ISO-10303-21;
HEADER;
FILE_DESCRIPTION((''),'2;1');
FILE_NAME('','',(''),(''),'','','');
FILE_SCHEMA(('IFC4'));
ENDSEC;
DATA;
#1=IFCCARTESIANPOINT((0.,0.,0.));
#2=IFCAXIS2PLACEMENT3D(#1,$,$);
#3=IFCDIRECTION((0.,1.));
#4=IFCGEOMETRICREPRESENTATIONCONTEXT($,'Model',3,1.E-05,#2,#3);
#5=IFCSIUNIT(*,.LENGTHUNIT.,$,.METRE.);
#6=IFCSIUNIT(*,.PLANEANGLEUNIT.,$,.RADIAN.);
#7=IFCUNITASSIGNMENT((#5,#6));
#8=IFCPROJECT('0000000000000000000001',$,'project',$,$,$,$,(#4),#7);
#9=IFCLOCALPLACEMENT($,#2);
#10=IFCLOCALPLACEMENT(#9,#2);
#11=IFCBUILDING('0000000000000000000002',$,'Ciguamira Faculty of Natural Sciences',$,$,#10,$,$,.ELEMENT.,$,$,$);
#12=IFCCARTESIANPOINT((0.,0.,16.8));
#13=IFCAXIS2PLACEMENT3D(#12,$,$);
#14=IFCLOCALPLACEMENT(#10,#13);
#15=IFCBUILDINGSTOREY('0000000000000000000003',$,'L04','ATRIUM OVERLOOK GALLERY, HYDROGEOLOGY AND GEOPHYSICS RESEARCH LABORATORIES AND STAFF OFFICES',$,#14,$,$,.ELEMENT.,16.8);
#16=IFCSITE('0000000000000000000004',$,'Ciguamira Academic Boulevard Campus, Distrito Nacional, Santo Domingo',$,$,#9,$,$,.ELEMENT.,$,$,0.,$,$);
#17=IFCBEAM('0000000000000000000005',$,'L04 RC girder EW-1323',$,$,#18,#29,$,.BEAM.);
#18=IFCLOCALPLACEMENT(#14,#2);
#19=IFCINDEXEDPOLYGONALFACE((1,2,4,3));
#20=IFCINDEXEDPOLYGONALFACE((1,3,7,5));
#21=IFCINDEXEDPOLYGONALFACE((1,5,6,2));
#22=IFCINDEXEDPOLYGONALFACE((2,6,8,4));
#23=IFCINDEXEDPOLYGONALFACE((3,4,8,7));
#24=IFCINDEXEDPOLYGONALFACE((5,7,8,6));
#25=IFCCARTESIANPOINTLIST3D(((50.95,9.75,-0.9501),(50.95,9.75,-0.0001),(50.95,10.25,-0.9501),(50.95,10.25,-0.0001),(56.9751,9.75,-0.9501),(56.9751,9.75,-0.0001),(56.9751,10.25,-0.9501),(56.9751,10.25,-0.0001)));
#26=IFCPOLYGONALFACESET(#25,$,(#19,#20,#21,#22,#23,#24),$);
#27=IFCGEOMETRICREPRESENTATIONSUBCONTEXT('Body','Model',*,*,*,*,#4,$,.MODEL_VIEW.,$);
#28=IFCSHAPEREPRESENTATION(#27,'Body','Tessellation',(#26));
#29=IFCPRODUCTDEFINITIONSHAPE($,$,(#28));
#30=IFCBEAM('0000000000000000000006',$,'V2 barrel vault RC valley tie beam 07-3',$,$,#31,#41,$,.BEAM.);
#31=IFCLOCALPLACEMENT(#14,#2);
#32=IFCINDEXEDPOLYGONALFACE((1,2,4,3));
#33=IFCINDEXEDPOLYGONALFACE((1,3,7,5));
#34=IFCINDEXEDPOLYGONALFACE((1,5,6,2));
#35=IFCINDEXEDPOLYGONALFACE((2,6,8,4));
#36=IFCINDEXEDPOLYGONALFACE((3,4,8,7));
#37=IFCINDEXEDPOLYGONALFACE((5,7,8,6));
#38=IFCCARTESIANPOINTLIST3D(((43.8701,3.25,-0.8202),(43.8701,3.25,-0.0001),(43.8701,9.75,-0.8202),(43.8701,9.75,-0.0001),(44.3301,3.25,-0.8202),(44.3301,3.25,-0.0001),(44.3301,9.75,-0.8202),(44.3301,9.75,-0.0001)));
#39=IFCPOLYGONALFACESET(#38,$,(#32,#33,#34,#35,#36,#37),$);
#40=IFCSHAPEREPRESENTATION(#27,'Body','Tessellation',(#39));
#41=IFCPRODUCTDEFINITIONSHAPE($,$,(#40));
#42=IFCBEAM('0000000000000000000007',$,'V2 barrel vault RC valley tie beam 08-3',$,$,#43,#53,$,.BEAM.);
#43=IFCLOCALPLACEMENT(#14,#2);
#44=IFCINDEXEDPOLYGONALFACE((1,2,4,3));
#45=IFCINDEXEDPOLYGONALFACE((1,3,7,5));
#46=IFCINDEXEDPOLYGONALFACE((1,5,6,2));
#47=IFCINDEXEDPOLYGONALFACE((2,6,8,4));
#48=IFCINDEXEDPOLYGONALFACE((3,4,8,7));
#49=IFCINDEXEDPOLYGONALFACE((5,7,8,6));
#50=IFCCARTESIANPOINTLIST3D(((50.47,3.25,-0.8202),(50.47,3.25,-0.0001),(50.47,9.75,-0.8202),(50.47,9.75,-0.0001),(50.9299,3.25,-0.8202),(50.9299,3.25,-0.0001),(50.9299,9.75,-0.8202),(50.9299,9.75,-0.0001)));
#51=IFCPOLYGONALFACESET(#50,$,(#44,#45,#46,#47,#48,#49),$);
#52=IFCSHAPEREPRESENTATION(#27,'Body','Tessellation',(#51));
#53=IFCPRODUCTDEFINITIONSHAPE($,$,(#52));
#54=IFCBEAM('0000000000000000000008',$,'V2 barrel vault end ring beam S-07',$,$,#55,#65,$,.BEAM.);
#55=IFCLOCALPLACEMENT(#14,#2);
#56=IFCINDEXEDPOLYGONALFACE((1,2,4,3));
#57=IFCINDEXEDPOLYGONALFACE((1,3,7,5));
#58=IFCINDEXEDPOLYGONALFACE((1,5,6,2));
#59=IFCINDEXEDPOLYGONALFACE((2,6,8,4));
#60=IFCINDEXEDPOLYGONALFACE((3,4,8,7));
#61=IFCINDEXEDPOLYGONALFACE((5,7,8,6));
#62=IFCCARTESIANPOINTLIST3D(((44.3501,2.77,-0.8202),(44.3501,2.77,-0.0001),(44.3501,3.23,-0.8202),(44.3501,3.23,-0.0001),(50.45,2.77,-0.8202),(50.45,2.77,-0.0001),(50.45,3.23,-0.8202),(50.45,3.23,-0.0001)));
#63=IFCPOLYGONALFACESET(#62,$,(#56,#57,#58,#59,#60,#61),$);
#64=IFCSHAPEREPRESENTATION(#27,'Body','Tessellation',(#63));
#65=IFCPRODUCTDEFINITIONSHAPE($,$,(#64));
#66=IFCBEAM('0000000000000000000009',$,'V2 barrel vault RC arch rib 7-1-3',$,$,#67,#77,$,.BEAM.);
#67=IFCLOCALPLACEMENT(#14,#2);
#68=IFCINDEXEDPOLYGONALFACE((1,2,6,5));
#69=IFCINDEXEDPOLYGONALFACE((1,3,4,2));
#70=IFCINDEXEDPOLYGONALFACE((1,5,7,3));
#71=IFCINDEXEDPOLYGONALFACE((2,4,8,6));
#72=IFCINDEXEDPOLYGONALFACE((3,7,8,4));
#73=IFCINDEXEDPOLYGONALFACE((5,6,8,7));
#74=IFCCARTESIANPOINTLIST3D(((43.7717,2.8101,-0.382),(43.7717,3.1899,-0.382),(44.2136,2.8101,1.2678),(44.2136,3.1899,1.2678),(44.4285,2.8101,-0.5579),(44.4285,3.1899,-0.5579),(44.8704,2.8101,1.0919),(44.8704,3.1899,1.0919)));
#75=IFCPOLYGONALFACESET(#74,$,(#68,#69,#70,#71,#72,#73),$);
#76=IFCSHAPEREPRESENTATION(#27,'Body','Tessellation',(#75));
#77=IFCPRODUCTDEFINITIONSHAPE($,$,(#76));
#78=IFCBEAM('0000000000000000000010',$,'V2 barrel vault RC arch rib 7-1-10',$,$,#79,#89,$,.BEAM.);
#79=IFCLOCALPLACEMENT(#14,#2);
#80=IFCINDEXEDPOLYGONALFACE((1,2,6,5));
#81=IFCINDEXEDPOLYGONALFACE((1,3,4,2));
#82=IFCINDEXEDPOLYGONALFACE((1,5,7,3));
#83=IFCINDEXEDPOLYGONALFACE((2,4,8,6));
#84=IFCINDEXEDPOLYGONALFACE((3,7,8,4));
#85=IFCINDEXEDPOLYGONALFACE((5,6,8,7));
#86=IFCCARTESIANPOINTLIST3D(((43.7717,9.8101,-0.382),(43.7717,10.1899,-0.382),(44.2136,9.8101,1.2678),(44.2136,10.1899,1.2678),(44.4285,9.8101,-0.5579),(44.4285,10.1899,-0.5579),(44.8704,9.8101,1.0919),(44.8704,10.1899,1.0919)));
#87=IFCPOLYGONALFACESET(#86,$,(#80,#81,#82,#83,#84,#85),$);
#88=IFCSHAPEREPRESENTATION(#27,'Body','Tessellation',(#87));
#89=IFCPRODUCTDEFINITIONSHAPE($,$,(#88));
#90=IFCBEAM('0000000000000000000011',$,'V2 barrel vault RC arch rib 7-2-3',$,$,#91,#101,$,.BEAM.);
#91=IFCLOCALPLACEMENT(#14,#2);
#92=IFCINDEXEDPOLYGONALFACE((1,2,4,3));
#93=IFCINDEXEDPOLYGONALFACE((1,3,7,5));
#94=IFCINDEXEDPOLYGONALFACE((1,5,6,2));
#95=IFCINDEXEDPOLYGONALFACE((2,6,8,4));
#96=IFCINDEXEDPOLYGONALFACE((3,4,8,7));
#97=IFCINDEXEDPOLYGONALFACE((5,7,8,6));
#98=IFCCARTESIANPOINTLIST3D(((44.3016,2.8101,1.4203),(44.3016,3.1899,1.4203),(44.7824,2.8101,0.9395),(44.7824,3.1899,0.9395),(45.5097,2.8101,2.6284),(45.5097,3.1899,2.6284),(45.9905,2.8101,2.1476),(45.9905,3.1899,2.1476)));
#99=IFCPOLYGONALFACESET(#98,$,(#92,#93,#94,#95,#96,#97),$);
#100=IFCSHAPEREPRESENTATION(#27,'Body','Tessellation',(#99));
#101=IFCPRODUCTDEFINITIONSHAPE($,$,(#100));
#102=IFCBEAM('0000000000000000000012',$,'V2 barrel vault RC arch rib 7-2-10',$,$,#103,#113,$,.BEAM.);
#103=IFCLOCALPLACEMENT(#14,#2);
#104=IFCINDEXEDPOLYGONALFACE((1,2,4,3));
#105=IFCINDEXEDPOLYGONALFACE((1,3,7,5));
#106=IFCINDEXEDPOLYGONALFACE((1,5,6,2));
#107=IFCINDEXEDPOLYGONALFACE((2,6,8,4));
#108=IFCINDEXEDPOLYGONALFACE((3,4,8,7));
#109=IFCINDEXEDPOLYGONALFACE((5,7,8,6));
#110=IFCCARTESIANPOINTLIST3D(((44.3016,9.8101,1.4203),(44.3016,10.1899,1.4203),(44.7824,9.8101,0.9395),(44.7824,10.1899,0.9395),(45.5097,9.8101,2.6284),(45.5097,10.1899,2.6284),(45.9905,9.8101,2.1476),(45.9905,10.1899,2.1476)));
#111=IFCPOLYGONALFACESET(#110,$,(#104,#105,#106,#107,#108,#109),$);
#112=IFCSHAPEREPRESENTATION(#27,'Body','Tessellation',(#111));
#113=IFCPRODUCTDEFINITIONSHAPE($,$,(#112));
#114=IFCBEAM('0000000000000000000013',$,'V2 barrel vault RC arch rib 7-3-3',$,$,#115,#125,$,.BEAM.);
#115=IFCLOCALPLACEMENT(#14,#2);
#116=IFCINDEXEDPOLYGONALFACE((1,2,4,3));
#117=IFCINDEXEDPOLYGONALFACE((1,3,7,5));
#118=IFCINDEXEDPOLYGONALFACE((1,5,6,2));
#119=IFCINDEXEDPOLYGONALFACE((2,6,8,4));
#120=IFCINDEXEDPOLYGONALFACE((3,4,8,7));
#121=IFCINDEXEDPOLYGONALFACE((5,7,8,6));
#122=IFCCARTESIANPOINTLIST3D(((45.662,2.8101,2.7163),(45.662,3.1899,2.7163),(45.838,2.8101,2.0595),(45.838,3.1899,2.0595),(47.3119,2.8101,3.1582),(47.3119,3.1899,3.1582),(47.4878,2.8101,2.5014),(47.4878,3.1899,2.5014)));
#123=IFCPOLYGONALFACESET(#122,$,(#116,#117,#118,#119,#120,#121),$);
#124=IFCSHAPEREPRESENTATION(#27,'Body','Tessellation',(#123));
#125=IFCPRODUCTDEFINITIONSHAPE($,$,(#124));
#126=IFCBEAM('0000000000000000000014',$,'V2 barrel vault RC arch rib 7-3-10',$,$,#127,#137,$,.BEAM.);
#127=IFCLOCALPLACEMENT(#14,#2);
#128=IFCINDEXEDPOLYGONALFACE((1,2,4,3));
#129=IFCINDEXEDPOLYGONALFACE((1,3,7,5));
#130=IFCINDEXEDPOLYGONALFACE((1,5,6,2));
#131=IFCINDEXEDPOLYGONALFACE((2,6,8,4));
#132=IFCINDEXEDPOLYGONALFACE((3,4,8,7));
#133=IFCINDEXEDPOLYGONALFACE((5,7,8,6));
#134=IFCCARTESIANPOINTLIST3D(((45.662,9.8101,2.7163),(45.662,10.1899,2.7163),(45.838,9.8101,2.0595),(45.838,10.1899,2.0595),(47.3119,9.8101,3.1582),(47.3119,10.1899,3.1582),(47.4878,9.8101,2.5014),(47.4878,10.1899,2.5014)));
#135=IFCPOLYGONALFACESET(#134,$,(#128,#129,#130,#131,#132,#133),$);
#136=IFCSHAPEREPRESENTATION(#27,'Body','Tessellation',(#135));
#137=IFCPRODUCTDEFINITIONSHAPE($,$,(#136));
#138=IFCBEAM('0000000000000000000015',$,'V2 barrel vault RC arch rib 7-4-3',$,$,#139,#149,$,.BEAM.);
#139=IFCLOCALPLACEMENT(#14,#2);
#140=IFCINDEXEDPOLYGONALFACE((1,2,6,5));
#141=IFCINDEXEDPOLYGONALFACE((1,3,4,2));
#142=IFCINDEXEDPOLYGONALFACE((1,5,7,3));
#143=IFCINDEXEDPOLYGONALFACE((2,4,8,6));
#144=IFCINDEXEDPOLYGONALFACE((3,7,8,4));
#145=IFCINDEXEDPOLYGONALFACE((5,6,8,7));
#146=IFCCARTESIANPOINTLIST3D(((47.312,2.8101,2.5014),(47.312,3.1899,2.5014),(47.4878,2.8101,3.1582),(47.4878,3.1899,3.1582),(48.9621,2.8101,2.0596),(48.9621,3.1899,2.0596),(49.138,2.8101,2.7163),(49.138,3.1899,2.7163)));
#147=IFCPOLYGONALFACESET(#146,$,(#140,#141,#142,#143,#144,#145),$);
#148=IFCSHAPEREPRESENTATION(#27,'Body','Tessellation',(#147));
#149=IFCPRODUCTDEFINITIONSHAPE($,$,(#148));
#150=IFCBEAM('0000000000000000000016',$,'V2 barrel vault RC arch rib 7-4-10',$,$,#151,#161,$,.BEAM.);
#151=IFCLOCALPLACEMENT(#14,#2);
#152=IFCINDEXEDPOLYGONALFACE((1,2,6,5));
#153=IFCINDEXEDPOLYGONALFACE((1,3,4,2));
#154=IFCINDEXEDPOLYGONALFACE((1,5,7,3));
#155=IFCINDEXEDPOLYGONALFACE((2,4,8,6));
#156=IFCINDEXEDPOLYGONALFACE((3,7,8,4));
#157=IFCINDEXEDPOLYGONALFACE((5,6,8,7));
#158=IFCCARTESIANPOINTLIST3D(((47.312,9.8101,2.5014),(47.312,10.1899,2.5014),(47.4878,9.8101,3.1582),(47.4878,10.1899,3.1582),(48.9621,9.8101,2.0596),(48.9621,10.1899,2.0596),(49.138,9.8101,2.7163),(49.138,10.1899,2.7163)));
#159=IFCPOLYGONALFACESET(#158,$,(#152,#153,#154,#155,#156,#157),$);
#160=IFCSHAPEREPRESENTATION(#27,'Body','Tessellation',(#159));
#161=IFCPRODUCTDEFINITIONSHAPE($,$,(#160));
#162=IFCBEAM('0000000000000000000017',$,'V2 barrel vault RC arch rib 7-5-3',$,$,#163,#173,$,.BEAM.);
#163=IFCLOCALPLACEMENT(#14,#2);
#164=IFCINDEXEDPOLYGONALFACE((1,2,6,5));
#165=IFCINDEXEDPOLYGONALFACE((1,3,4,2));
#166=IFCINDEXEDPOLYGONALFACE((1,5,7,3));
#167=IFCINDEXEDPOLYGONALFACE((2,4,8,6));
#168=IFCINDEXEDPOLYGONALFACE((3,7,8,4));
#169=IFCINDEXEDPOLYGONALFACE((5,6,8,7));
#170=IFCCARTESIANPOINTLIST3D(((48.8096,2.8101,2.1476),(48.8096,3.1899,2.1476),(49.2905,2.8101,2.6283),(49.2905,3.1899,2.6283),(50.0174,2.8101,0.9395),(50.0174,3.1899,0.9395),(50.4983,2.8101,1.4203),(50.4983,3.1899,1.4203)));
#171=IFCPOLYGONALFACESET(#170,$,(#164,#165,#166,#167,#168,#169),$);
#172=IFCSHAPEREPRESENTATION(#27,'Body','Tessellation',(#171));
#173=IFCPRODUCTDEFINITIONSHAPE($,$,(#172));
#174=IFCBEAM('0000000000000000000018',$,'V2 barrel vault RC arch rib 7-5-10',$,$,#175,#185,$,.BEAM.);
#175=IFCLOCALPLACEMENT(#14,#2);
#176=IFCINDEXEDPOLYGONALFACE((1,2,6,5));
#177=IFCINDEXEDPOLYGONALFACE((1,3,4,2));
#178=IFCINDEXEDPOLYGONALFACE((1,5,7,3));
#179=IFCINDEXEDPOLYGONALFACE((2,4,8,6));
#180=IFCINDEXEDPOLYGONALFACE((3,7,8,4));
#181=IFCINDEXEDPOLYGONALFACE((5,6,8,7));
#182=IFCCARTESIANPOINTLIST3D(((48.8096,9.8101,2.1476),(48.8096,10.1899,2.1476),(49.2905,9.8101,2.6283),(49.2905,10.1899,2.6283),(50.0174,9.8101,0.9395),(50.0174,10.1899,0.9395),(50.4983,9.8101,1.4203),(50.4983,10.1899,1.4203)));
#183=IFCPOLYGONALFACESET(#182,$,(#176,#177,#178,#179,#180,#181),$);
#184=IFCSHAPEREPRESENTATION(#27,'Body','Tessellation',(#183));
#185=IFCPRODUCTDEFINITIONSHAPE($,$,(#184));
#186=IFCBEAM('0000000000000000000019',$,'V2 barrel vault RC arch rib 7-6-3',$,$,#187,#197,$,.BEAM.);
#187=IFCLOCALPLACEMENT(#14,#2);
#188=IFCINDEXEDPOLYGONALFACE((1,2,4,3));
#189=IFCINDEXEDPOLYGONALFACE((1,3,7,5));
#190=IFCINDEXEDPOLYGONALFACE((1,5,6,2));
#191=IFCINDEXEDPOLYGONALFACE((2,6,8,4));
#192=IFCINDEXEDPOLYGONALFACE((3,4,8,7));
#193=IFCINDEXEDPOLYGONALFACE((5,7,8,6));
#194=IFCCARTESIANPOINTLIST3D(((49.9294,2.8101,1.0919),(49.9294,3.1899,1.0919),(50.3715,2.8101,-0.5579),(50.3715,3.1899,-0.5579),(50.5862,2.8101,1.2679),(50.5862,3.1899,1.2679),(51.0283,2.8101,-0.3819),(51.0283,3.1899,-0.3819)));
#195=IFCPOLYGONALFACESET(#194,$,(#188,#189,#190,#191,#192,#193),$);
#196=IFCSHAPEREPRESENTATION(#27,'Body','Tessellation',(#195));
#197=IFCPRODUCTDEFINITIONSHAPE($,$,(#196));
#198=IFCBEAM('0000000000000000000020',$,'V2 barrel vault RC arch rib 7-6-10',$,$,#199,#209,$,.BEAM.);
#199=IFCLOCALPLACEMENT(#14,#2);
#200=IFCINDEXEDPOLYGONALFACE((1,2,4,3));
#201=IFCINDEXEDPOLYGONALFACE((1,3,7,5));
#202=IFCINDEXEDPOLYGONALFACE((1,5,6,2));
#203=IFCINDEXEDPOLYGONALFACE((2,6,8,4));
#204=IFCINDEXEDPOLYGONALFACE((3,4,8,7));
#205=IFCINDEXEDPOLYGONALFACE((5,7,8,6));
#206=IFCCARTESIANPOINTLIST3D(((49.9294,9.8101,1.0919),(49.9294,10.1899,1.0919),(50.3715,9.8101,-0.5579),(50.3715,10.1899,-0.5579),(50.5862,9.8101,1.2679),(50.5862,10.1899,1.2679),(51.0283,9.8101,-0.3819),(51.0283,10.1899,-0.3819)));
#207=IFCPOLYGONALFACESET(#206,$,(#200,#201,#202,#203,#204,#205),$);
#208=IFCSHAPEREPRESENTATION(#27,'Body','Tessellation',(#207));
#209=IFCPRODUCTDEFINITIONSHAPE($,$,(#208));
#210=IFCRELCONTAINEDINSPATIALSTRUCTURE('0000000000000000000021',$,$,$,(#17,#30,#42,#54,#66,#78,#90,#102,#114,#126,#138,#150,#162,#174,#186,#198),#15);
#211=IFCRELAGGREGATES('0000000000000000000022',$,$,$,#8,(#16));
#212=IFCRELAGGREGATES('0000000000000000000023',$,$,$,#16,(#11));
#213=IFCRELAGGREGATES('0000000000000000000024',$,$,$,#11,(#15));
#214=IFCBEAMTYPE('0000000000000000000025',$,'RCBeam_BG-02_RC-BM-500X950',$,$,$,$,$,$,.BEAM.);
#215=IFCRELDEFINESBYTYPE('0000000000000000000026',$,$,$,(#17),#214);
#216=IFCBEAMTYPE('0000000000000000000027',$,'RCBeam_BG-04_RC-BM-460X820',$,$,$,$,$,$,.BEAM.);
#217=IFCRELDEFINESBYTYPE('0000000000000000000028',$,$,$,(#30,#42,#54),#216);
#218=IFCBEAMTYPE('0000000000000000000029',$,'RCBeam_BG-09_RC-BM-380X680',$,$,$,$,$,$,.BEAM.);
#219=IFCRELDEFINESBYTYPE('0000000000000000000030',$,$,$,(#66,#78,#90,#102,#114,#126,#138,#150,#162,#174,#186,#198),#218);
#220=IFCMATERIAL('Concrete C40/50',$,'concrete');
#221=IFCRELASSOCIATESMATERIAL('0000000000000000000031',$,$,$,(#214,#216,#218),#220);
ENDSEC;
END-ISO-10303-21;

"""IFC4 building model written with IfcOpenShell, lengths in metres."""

from ifc_helpers import new_model, si_unit, direction, frame, origin, origin_2d, place, context, subcontext, project, spatial, rectangle, extrude, material, material_profile, profile_set, type_object, element, save


model = new_model("IFC4")

# Units and contexts
model_context = context("Model", 3, precision=1e-05, world=origin(), true_north=direction((0.0, 1.0)))
body_context = subcontext(model_context, "Body", "Model", "MODEL_VIEW")
ifc_project = project(units=[si_unit("LENGTHUNIT", "METRE"), si_unit("PLANEANGLEUNIT", "RADIAN")], contexts=[model_context])

# Site, building, storey
site_placement = place(None, origin())
site = spatial("IfcSite", under=ifc_project, at=site_placement, Name="Ciguamira Academic Boulevard Campus, Distrito Nacional, Santo Domingo", CompositionType="ELEMENT", RefElevation=0.0)
building_placement = place(site_placement, origin())
building = spatial("IfcBuilding", under=site, at=building_placement, Name="Ciguamira Faculty of Natural Sciences", CompositionType="ELEMENT")
storey_placement = place(building_placement, frame((0.0, 0.0, 16.8)))
storey = spatial("IfcBuildingStorey", under=building, at=storey_placement, Name="L04", Description="ATRIUM OVERLOOK GALLERY, HYDROGEOLOGY AND GEOPHYSICS RESEARCH LABORATORIES AND STAFF OFFICES", CompositionType="ELEMENT", Elevation=16.8)

# Beams
ifc_material_1 = material(Name="Concrete C40/50", Category="concrete")
ifc_material_profile_1 = material_profile(ifc_material_1, rectangle(XDim=0.5, YDim=0.95, at=origin_2d()), Name="RC-BM-500X950")
ifc_profile_set_1 = profile_set([ifc_material_profile_1], Name="Concrete C40/50")
beam_type_1 = type_object("IfcBeamType", Name="RCBeam_BG-02_RC-BM-500X950", PredefinedType="BEAM", material=ifc_profile_set_1)
beam_1_placement = place(storey_placement, frame((50.95, 10.0, -0.4751), z_axis=(1.0, 0.0, 0.0), x_axis=(0.0, 1.0, 0.0)))
element("IfcBeam", 1, at=beam_1_placement, inside=storey, type_object=beam_type_1, Name="L04 RC girder EW-1323", PredefinedType="BEAM", context=body_context, shape_type="SweptSolid", body=[
    extrude(rectangle(XDim=0.5, YDim=0.95, at=origin_2d()), origin(), (0.0, 0.0, 1.0), 6.0251),
])
ifc_material_profile_2 = material_profile(ifc_material_1, rectangle(XDim=0.46, YDim=0.8201, at=origin_2d()), Name="RC-BM-460X820")
ifc_profile_set_2 = profile_set([ifc_material_profile_2], Name="Concrete C40/50")
beam_type_2 = type_object("IfcBeamType", Name="RCBeam_BG-04_RC-BM-460X820", PredefinedType="BEAM", material=ifc_profile_set_2)
for number, where, z_axis, x_axis, name in (
    (2, (44.1001, 3.25, -0.4102), (0.0, 1.0, 0.0), (-1.0, 0.0, 0.0), "V2 barrel vault RC valley tie beam 07-3"),
    (3, (50.7, 3.25, -0.4102), (0.0, 1.0, 0.0), (-1.0, 0.0, 0.0), "V2 barrel vault RC valley tie beam 08-3"),
):
    element("IfcBeam", number, at=place(storey_placement, frame(where, z_axis=z_axis, x_axis=x_axis)), inside=storey, type_object=beam_type_2, Name=name, PredefinedType="BEAM", context=body_context, shape_type="SweptSolid", body=[
        extrude(rectangle(XDim=0.46, YDim=0.8201, at=origin_2d()), origin(), (0.0, 0.0, 1.0), 6.5),
    ])
beam_2_placement = place(storey_placement, frame((44.3501, 3.0, -0.4102), z_axis=(1.0, 0.0, 0.0), x_axis=(0.0, 1.0, 0.0)))
element("IfcBeam", 4, at=beam_2_placement, inside=storey, type_object=beam_type_2, Name="V2 barrel vault end ring beam S-07", PredefinedType="BEAM", context=body_context, shape_type="SweptSolid", body=[
    extrude(rectangle(XDim=0.46, YDim=0.8201, at=origin_2d()), origin(), (0.0, 0.0, 1.0), 6.0999),
])
ifc_material_profile_3 = material_profile(ifc_material_1, rectangle(XDim=0.3799, YDim=0.6799, at=origin_2d()), Name="RC-BM-380X680")
ifc_profile_set_3 = profile_set([ifc_material_profile_3], Name="Concrete C40/50")
beam_type_3 = type_object("IfcBeamType", Name="RCBeam_BG-09_RC-BM-380X680", PredefinedType="BEAM", material=ifc_profile_set_3)
for number, where, z_axis, x_axis, name in (
    (5, (44.1001, 3.0, -0.47), (0.258712, 0.0, 0.965954), (0.0, 1.0, 0.0), "V2 barrel vault RC arch rib 7-1-3"),
    (6, (44.1001, 10.0, -0.47), (0.258712, 0.0, 0.965954), (0.0, 1.0, 0.0), "V2 barrel vault RC arch rib 7-1-10"),
):
    element("IfcBeam", number, at=place(storey_placement, frame(where, z_axis=z_axis, x_axis=x_axis)), inside=storey, type_object=beam_type_3, Name=name, PredefinedType="BEAM", context=body_context, shape_type="SweptSolid", body=[
        extrude(rectangle(XDim=0.3799, YDim=0.6799, at=origin_2d()), origin(), (0.0, 0.0, 1.0), 1.708),
    ])
for number, where, z_axis, x_axis, name in (
    (7, (44.542, 3.0, 1.1799), (0.707107, 0.0, 0.707107), (0.0, 1.0, 0.0), "V2 barrel vault RC arch rib 7-2-3"),
    (8, (44.542, 10.0, 1.1799), (0.707107, 0.0, 0.707107), (0.0, 1.0, 0.0), "V2 barrel vault RC arch rib 7-2-10"),
):
    element("IfcBeam", number, at=place(storey_placement, frame(where, z_axis=z_axis, x_axis=x_axis)), inside=storey, type_object=beam_type_3, Name=name, PredefinedType="BEAM", context=body_context, shape_type="SweptSolid", body=[
        extrude(rectangle(XDim=0.3799, YDim=0.6799, at=origin_2d()), origin(), (0.0, 0.0, 1.0), 1.7085),
    ])
for number, where, z_axis, x_axis, name in (
    (9, (45.75, 3.0, 2.3879), (0.965954, 0.0, 0.258712), (0.0, 1.0, 0.0), "V2 barrel vault RC arch rib 7-3-3"),
    (10, (45.75, 10.0, 2.3879), (0.965954, 0.0, 0.258712), (0.0, 1.0, 0.0), "V2 barrel vault RC arch rib 7-3-10"),
):
    element("IfcBeam", number, at=place(storey_placement, frame(where, z_axis=z_axis, x_axis=x_axis)), inside=storey, type_object=beam_type_3, Name=name, PredefinedType="BEAM", context=body_context, shape_type="SweptSolid", body=[
        extrude(rectangle(XDim=0.3799, YDim=0.6799, at=origin_2d()), origin(), (0.0, 0.0, 1.0), 1.708),
    ])
for number, where, z_axis, x_axis, name in (
    (11, (47.3999, 3.0, 2.8298), (0.965964, 0.0, -0.258677), (0.0, 1.0, 0.0), "V2 barrel vault RC arch rib 7-4-3"),
    (12, (47.3999, 10.0, 2.8298), (0.965964, 0.0, -0.258677), (0.0, 1.0, 0.0), "V2 barrel vault RC arch rib 7-4-10"),
    (13, (49.05, 3.0, 2.3879), (0.707035, 0.0, -0.707178), (0.0, 1.0, 0.0), "V2 barrel vault RC arch rib 7-5-3"),
    (14, (49.05, 10.0, 2.3879), (0.707035, 0.0, -0.707178), (0.0, 1.0, 0.0), "V2 barrel vault RC arch rib 7-5-10"),
):
    element("IfcBeam", number, at=place(storey_placement, frame(where, z_axis=z_axis, x_axis=x_axis)), inside=storey, type_object=beam_type_3, Name=name, PredefinedType="BEAM", context=body_context, shape_type="SweptSolid", body=[
        extrude(rectangle(XDim=0.3799, YDim=0.6799, at=origin_2d()), origin(), (0.0, 0.0, 1.0), 1.7083),
    ])
for number, where, z_axis, x_axis, name in (
    (15, (50.2578, 3.0, 1.1799), (0.258846, 0.0, -0.965919), (0.0, 1.0, 0.0), "V2 barrel vault RC arch rib 7-6-3"),
    (16, (50.2578, 10.0, 1.1799), (0.258846, 0.0, -0.965919), (0.0, 1.0, 0.0), "V2 barrel vault RC arch rib 7-6-10"),
):
    element("IfcBeam", number, at=place(storey_placement, frame(where, z_axis=z_axis, x_axis=x_axis)), inside=storey, type_object=beam_type_3, Name=name, PredefinedType="BEAM", context=body_context, shape_type="SweptSolid", body=[
        extrude(rectangle(XDim=0.3799, YDim=0.6799, at=origin_2d()), origin(), (0.0, 0.0, 1.0), 1.708),
    ])

save(model, "model.ifc")
